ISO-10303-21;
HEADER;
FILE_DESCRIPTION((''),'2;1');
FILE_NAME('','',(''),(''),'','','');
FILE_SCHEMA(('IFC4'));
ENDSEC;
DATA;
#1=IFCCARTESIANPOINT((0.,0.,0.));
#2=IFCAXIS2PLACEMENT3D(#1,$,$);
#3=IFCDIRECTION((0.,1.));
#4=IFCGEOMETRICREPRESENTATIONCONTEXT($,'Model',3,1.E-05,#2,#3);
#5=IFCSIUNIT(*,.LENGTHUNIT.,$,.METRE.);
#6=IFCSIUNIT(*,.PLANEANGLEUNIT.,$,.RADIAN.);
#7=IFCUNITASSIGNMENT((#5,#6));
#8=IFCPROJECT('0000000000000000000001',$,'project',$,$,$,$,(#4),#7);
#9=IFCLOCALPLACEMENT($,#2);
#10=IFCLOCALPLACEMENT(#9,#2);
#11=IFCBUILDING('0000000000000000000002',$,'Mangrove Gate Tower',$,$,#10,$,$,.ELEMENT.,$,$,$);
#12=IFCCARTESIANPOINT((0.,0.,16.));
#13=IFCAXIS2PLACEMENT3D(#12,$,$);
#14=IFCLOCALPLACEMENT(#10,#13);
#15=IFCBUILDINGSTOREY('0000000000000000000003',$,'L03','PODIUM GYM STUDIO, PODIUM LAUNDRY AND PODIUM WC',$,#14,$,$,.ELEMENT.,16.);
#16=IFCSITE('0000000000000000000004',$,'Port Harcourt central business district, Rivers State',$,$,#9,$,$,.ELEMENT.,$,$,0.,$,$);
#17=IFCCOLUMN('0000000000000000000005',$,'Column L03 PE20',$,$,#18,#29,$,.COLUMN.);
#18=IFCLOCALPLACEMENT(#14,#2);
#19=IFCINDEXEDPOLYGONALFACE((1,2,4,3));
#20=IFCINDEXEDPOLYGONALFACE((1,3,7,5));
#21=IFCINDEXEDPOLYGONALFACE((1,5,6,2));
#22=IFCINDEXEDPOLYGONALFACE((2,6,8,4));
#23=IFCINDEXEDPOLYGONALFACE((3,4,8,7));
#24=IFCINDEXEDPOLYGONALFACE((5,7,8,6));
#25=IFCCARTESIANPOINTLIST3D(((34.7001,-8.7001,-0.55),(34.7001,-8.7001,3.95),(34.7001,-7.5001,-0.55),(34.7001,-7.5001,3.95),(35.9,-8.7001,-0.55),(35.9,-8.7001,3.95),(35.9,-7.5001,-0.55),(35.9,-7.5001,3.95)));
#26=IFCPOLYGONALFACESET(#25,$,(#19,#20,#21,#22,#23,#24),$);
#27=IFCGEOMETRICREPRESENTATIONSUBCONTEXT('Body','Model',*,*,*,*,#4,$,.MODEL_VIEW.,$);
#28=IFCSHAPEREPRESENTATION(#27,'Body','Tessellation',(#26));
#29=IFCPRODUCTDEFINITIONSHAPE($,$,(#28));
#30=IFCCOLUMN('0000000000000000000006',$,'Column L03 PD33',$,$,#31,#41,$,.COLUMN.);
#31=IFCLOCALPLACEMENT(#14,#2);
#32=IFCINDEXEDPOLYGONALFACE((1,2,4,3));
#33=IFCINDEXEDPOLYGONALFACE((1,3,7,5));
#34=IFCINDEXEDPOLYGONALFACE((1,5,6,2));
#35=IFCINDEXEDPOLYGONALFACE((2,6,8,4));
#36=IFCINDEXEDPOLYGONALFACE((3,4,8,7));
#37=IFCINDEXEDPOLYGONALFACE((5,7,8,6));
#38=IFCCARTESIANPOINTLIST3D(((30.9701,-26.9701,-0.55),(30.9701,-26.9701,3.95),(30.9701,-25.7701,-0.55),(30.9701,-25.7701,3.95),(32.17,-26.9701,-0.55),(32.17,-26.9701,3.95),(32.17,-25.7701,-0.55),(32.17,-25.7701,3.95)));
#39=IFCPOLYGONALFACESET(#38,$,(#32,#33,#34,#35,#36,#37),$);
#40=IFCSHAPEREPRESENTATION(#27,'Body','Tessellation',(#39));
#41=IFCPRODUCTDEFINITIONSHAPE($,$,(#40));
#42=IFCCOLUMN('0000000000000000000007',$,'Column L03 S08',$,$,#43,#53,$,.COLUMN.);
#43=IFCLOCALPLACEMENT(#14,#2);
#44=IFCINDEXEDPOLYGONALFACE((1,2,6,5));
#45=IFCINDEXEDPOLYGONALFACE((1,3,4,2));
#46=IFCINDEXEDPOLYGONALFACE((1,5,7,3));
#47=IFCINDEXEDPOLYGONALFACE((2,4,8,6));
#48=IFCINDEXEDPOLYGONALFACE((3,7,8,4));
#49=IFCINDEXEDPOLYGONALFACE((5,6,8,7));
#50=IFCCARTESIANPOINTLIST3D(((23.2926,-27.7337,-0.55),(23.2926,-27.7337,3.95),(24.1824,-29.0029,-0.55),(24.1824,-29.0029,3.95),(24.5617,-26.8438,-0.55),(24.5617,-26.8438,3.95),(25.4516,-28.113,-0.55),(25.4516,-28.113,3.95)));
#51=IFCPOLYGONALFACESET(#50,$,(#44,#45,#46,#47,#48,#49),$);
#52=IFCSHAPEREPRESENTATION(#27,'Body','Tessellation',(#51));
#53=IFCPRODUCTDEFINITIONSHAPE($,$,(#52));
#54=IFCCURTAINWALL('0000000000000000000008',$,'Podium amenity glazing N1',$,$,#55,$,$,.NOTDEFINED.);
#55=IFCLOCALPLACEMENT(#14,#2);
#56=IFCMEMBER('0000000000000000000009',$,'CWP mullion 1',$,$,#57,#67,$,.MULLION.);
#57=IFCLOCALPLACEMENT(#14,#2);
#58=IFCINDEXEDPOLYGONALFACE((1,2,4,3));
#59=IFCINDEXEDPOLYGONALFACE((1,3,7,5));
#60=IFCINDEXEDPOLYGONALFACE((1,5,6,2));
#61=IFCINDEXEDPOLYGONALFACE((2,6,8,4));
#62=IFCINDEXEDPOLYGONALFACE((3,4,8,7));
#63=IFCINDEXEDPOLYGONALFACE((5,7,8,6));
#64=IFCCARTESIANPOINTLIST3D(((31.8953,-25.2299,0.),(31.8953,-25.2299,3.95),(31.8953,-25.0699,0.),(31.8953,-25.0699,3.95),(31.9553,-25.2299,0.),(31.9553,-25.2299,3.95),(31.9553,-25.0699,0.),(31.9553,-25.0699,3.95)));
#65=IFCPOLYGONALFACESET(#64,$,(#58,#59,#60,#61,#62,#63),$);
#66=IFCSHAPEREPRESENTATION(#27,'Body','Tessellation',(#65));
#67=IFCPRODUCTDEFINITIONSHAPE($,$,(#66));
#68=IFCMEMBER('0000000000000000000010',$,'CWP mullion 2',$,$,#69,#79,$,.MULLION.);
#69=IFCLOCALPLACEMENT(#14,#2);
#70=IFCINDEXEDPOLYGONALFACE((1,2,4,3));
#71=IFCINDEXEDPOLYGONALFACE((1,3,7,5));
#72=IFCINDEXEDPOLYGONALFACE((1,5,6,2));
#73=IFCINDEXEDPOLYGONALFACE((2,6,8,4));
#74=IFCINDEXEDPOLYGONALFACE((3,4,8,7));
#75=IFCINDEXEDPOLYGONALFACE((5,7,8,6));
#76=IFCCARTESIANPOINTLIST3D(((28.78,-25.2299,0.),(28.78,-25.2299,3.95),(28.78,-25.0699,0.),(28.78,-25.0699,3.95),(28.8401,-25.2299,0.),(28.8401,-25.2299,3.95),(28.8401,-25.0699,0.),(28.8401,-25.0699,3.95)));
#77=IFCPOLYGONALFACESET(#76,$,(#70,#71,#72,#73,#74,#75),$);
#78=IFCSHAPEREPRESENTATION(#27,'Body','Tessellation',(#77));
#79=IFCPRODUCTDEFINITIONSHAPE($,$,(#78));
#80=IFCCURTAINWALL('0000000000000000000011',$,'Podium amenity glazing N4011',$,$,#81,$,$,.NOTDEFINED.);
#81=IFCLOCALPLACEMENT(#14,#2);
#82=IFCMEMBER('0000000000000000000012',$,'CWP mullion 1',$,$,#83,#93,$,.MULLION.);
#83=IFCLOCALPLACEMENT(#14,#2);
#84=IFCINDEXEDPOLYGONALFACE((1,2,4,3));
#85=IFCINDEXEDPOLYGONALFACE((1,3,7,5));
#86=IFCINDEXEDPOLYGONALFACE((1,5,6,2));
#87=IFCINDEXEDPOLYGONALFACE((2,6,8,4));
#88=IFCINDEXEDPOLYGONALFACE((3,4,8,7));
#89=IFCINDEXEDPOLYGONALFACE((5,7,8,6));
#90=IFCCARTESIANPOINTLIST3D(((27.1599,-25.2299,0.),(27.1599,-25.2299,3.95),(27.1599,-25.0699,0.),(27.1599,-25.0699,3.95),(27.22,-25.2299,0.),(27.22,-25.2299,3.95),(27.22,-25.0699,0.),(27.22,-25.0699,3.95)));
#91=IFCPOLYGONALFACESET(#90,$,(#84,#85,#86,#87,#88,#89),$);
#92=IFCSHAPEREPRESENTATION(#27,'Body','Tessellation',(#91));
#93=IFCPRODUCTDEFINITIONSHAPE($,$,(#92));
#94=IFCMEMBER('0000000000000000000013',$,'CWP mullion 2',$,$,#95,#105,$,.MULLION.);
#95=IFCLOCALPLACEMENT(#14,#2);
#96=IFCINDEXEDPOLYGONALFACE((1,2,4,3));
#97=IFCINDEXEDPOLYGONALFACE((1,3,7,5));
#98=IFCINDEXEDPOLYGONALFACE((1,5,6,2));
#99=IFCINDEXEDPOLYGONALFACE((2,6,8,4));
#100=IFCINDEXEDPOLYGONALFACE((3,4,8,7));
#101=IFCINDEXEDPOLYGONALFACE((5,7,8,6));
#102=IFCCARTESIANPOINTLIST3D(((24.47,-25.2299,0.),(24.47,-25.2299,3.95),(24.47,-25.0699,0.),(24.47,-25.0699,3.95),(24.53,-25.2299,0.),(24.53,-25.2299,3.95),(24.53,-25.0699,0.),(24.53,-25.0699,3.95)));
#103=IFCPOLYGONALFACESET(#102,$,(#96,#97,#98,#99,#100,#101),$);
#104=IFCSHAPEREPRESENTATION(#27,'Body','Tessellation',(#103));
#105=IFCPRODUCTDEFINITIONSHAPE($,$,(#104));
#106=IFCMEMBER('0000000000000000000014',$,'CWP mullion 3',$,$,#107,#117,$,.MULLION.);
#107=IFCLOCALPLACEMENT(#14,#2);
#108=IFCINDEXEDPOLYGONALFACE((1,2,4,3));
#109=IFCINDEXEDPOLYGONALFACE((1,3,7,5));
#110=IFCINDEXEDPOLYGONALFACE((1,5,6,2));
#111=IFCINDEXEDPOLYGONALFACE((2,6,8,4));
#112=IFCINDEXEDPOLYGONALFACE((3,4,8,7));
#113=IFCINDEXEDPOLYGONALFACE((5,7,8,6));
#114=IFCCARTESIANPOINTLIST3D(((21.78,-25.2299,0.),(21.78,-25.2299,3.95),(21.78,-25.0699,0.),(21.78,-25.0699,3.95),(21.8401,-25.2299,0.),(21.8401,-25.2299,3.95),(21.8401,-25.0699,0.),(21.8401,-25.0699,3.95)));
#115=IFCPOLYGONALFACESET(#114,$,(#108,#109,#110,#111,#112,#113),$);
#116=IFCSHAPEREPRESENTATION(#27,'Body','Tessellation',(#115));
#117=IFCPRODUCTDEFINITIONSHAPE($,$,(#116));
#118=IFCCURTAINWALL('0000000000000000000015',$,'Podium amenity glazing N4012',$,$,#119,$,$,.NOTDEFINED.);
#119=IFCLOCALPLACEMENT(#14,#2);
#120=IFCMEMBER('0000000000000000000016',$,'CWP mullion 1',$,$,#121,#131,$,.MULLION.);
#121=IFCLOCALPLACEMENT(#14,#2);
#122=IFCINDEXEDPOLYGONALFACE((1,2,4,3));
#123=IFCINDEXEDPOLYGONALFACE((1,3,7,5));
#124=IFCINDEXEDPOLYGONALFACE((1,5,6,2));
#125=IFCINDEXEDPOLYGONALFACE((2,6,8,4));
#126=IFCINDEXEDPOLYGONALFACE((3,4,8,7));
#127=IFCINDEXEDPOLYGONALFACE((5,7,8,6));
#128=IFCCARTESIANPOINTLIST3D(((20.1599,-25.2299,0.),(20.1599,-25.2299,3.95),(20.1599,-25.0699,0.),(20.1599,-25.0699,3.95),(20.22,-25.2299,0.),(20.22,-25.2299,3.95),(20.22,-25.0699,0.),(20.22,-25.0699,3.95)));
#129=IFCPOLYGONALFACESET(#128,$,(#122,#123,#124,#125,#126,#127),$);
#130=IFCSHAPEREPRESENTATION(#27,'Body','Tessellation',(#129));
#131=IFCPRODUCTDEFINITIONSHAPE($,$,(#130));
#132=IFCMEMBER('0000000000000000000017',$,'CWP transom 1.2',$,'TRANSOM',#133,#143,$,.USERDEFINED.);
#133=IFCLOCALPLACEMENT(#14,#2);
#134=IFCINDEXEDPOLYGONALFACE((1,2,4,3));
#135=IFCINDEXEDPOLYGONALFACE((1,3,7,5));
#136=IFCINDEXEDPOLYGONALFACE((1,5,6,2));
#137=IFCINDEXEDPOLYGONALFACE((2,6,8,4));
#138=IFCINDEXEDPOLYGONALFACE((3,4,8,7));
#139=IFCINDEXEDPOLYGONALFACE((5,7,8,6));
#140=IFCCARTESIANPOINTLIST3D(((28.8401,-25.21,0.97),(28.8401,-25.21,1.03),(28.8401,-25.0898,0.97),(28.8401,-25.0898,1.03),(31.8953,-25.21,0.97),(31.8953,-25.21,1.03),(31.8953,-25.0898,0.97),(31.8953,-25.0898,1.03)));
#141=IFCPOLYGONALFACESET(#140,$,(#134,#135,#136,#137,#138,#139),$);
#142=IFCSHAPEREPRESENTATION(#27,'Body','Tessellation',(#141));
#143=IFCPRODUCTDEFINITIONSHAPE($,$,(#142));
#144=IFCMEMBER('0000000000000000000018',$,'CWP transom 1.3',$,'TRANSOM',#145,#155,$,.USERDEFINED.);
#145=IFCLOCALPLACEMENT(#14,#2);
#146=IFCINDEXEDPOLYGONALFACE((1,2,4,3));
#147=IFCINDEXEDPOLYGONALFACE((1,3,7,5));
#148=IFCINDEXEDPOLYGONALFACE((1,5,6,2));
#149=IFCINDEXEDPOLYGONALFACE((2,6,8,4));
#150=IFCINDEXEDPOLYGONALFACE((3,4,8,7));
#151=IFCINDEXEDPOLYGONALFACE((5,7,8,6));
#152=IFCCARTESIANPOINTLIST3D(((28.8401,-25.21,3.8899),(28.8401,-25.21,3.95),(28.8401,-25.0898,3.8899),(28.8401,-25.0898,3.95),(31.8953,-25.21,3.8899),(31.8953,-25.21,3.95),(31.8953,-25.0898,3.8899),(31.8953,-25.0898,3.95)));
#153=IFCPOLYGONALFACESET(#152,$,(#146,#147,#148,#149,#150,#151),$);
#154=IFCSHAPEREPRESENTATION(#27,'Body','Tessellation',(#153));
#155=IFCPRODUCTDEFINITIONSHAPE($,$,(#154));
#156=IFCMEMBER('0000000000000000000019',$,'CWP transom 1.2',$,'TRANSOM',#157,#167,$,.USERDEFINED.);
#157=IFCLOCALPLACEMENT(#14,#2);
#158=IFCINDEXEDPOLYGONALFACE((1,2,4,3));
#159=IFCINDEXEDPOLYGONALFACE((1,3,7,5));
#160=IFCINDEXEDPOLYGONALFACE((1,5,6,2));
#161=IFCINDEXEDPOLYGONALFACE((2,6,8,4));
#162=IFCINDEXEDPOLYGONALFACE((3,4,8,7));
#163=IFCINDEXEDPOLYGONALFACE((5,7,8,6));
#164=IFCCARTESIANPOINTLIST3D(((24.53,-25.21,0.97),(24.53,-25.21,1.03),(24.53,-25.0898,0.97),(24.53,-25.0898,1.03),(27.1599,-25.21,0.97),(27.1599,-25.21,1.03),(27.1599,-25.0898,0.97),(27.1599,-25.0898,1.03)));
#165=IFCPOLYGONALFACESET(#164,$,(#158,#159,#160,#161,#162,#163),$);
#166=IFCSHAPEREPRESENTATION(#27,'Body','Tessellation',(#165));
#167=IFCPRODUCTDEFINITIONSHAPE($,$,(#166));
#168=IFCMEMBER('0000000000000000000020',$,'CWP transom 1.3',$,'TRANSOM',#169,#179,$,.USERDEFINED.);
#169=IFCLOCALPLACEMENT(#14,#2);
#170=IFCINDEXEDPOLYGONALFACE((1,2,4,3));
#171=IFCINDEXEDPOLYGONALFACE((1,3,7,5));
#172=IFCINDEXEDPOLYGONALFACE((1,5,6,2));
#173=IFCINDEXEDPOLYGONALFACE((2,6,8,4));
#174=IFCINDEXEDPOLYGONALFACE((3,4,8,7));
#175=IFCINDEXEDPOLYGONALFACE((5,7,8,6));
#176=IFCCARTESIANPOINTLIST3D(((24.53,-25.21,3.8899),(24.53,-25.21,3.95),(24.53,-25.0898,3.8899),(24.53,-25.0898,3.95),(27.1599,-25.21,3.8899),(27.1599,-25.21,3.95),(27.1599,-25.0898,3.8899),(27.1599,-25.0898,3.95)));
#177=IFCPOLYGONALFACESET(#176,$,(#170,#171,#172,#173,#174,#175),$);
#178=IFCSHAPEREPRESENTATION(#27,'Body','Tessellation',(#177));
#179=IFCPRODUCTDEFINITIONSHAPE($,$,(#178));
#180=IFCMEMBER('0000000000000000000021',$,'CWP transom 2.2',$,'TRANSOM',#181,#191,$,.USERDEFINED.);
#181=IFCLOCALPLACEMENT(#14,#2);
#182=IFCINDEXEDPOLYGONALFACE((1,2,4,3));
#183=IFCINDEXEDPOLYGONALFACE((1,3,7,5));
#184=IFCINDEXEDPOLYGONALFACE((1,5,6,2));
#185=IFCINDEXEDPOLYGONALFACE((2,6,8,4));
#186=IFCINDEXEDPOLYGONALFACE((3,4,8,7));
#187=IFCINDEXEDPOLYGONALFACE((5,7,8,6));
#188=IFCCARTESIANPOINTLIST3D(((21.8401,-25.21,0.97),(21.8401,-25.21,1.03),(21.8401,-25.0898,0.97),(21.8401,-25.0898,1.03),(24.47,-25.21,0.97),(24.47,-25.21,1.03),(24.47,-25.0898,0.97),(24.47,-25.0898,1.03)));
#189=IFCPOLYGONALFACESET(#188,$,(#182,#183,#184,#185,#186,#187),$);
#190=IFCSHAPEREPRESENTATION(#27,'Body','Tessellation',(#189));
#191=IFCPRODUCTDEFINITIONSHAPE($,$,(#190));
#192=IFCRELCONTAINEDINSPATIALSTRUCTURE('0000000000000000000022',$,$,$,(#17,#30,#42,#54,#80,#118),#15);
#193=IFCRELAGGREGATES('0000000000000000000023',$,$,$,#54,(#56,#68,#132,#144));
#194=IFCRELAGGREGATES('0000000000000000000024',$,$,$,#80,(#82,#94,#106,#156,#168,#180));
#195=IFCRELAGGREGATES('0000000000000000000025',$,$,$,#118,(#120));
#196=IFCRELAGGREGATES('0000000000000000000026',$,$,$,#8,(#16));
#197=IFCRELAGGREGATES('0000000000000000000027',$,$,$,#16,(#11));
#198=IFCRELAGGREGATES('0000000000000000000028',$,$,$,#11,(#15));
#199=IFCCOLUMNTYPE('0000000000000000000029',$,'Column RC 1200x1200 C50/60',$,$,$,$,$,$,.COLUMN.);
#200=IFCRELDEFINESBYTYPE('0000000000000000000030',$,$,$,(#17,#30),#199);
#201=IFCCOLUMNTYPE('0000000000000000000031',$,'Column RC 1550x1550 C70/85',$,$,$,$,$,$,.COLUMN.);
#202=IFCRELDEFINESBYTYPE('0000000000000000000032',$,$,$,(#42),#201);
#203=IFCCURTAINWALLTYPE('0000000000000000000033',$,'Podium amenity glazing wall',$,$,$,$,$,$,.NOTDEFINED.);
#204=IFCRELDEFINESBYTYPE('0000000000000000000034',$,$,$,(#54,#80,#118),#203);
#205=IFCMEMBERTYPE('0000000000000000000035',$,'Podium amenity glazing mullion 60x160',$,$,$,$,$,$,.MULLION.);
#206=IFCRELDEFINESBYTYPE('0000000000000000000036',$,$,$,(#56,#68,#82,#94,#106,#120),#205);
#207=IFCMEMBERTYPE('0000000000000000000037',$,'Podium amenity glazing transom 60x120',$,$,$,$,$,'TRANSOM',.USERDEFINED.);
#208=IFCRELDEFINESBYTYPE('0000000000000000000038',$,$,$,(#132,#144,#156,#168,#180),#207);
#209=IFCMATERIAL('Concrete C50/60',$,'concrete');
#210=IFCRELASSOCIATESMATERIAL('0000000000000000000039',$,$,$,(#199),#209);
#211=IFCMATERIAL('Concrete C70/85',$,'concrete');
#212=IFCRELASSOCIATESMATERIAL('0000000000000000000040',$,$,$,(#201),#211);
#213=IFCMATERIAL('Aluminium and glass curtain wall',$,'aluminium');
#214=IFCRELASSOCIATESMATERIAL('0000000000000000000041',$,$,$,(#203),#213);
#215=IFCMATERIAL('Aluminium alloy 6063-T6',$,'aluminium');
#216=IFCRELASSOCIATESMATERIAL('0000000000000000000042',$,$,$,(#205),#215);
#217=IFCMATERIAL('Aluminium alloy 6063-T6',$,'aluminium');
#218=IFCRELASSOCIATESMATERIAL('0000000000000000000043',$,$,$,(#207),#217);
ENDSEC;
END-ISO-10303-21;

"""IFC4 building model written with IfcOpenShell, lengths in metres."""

from ifc_helpers import new_model, si_unit, direction, frame, origin, origin_2d, place, context, subcontext, project, spatial, rectangle, extrude, material, material_profile, profile_set, type_object, element, aggregate, save


model = new_model("IFC4")

# Units and contexts
model_context = context("Model", 3, precision=1e-05, world=origin(), true_north=direction((0.0, 1.0)))
body_context = subcontext(model_context, "Body", "Model", "MODEL_VIEW")
ifc_project = project(units=[si_unit("LENGTHUNIT", "METRE"), si_unit("PLANEANGLEUNIT", "RADIAN")], contexts=[model_context])

# Site, building, storey
site_placement = place(None, origin())
site = spatial("IfcSite", under=ifc_project, at=site_placement, Name="Port Harcourt central business district, Rivers State", CompositionType="ELEMENT", RefElevation=0.0)
building_placement = place(site_placement, origin())
building = spatial("IfcBuilding", under=site, at=building_placement, Name="Mangrove Gate Tower", CompositionType="ELEMENT")
storey_placement = place(building_placement, frame((0.0, 0.0, 16.0)))
storey = spatial("IfcBuildingStorey", under=building, at=storey_placement, Name="L03", Description="PODIUM GYM STUDIO, PODIUM LAUNDRY AND PODIUM WC", CompositionType="ELEMENT", Elevation=16.0)

# Columns
ifc_material_1 = material(Name="Concrete C50/60", Category="concrete")
ifc_material_profile_1 = material_profile(ifc_material_1, rectangle(XDim=1.2, YDim=1.2, at=origin_2d()))
ifc_profile_set_1 = profile_set([ifc_material_profile_1], Name="Concrete C50/60")
column_type_1 = type_object("IfcColumnType", Name="Column RC 1200x1200 C50/60", PredefinedType="COLUMN", material=ifc_profile_set_1)
for number, where, z_axis, x_axis, name in (
    (1, (35.3, -8.1001, -0.55), (0.0, 0.0, 1.0), (1.0, 0.0, 0.0), "Column L03 PE20"),
    (2, (31.5701, -26.3701, -0.55), (0.0, 0.0, 1.0), (1.0, 0.0, 0.0), "Column L03 PD33"),
):
    element("IfcColumn", number, at=place(storey_placement, frame(where, z_axis=z_axis, x_axis=x_axis)), inside=storey, type_object=column_type_1, Name=name, PredefinedType="COLUMN", context=body_context, shape_type="SweptSolid", body=[
        extrude(rectangle(XDim=1.2, YDim=1.2, at=origin_2d()), origin(), (0.0, 0.0, 1.0), 4.5),
    ])
ifc_material_2 = material(Name="Concrete C70/85", Category="concrete")
ifc_material_profile_2 = material_profile(ifc_material_2, rectangle(XDim=1.55, YDim=1.55, at=origin_2d()))
ifc_profile_set_2 = profile_set([ifc_material_profile_2], Name="Concrete C70/85")
column_type_2 = type_object("IfcColumnType", Name="Column RC 1550x1550 C70/85", PredefinedType="COLUMN", material=ifc_profile_set_2)
column_placement = place(storey_placement, frame((24.3721, -27.9233, -0.55), z_axis=(0.0, 0.0, 1.0), x_axis=(0.818799, 0.574081, 0.0)))
element("IfcColumn", 3, at=column_placement, inside=storey, type_object=column_type_2, Name="Column L03 S08", PredefinedType="COLUMN", context=body_context, shape_type="SweptSolid", body=[
    extrude(rectangle(XDim=1.55, YDim=1.55, at=origin_2d()), origin(), (0.0, 0.0, 1.0), 4.5),
])

# Curtain walls, members
ifc_material_3 = material(Name="Aluminium and glass curtain wall", Category="aluminium")
curtain_wall_type = type_object("IfcCurtainWallType", Name="Podium amenity glazing wall", PredefinedType="NOTDEFINED", material=ifc_material_3)
curtain_wall_1_placement = place(storey_placement, origin())
curtain_wall_1 = element("IfcCurtainWall", 4, at=curtain_wall_1_placement, inside=storey, type_object=curtain_wall_type, Name="Podium amenity glazing N1", PredefinedType="NOTDEFINED")
ifc_material_4 = material(Name="Aluminium alloy 6063-T6", Category="aluminium")
ifc_material_profile_3 = material_profile(ifc_material_4, rectangle(XDim=0.0601, YDim=0.1599, at=origin_2d()))
ifc_profile_set_3 = profile_set([ifc_material_profile_3], Name="Aluminium alloy 6063-T6")
member_type_1 = type_object("IfcMemberType", Name="Podium amenity glazing mullion 60x160", PredefinedType="MULLION", material=ifc_profile_set_3)
member_1_placement = place(storey_placement, frame((31.9253, -25.1499, 0.0), z_axis=(0.0, 0.0, 1.0), x_axis=(-1.0, 0.0, 0.0)))
member_1 = element("IfcMember", 5, at=member_1_placement, type_object=member_type_1, Name="CWP mullion 1", PredefinedType="MULLION", context=body_context, shape_type="SweptSolid", body=[
    extrude(rectangle(XDim=0.0601, YDim=0.1599, at=origin_2d()), origin(), (0.0, 0.0, 1.0), 3.95),
])
member_2_placement = place(storey_placement, frame((28.8101, -25.1499, 0.0), z_axis=(0.0, 0.0, 1.0), x_axis=(-1.0, 0.0, 0.0)))
member_2 = element("IfcMember", 6, at=member_2_placement, type_object=member_type_1, Name="CWP mullion 2", PredefinedType="MULLION", context=body_context, shape_type="SweptSolid", body=[
    extrude(rectangle(XDim=0.0601, YDim=0.1599, at=origin_2d()), origin(), (0.0, 0.0, 1.0), 3.95),
])
curtain_wall_2_placement = place(storey_placement, origin())
curtain_wall_2 = element("IfcCurtainWall", 7, at=curtain_wall_2_placement, inside=storey, type_object=curtain_wall_type, Name="Podium amenity glazing N4011", PredefinedType="NOTDEFINED")
member_3_placement = place(storey_placement, frame((27.1899, -25.1499, 0.0), z_axis=(0.0, 0.0, 1.0), x_axis=(-1.0, 0.0, 0.0)))
member_3 = element("IfcMember", 8, at=member_3_placement, type_object=member_type_1, Name="CWP mullion 1", PredefinedType="MULLION", context=body_context, shape_type="SweptSolid", body=[
    extrude(rectangle(XDim=0.0601, YDim=0.1599, at=origin_2d()), origin(), (0.0, 0.0, 1.0), 3.95),
])
member_4_placement = place(storey_placement, frame((24.5, -25.1499, 0.0), z_axis=(0.0, 0.0, 1.0), x_axis=(-1.0, 0.0, 0.0)))
member_4 = element("IfcMember", 9, at=member_4_placement, type_object=member_type_1, Name="CWP mullion 2", PredefinedType="MULLION", context=body_context, shape_type="SweptSolid", body=[
    extrude(rectangle(XDim=0.0601, YDim=0.1599, at=origin_2d()), origin(), (0.0, 0.0, 1.0), 3.95),
])
member_5_placement = place(storey_placement, frame((21.8101, -25.1499, 0.0), z_axis=(0.0, 0.0, 1.0), x_axis=(-1.0, 0.0, 0.0)))
member_5 = element("IfcMember", 10, at=member_5_placement, type_object=member_type_1, Name="CWP mullion 3", PredefinedType="MULLION", context=body_context, shape_type="SweptSolid", body=[
    extrude(rectangle(XDim=0.0601, YDim=0.1599, at=origin_2d()), origin(), (0.0, 0.0, 1.0), 3.95),
])

# Curtain wall, member
curtain_wall_3_placement = place(storey_placement, origin())
curtain_wall_3 = element("IfcCurtainWall", 11, at=curtain_wall_3_placement, inside=storey, type_object=curtain_wall_type, Name="Podium amenity glazing N4012", PredefinedType="NOTDEFINED")
member_6_placement = place(storey_placement, frame((20.1899, -25.1499, 0.0), z_axis=(0.0, 0.0, 1.0), x_axis=(-1.0, 0.0, 0.0)))
member_6 = element("IfcMember", 12, at=member_6_placement, type_object=member_type_1, Name="CWP mullion 1", PredefinedType="MULLION", context=body_context, shape_type="SweptSolid", body=[
    extrude(rectangle(XDim=0.0601, YDim=0.1599, at=origin_2d()), origin(), (0.0, 0.0, 1.0), 3.95),
])

# Members
ifc_material_5 = material(Name="Aluminium alloy 6063-T6", Category="aluminium")
ifc_material_profile_4 = material_profile(ifc_material_5, rectangle(XDim=0.0601, YDim=0.1201, at=origin_2d()))
ifc_profile_set_4 = profile_set([ifc_material_profile_4], Name="Aluminium alloy 6063-T6")
member_type_2 = type_object("IfcMemberType", Name="Podium amenity glazing transom 60x120", ElementType="TRANSOM", PredefinedType="USERDEFINED", material=ifc_profile_set_4)
member_7_placement = place(storey_placement, frame((31.8953, -25.1499, 1.0), z_axis=(-1.0, 0.0, 0.0), x_axis=(0.0, 0.0, 1.0)))
member_7 = element("IfcMember", 13, at=member_7_placement, type_object=member_type_2, Name="CWP transom 1.2", ObjectType="TRANSOM", PredefinedType="USERDEFINED", context=body_context, shape_type="SweptSolid", body=[
    extrude(rectangle(XDim=0.0601, YDim=0.1201, at=origin_2d()), origin(), (0.0, 0.0, 1.0), 3.0552),
])
member_8_placement = place(storey_placement, frame((31.8953, -25.1499, 3.9199), z_axis=(-1.0, 0.0, 0.0), x_axis=(0.0, 0.0, 1.0)))
member_8 = element("IfcMember", 14, at=member_8_placement, type_object=member_type_2, Name="CWP transom 1.3", ObjectType="TRANSOM", PredefinedType="USERDEFINED", context=body_context, shape_type="SweptSolid", body=[
    extrude(rectangle(XDim=0.0601, YDim=0.1201, at=origin_2d()), origin(), (0.0, 0.0, 1.0), 3.0552),
])
member_9_placement = place(storey_placement, frame((27.1599, -25.1499, 1.0), z_axis=(-1.0, 0.0, 0.0), x_axis=(0.0, 0.0, 1.0)))
member_9 = element("IfcMember", 15, at=member_9_placement, type_object=member_type_2, Name="CWP transom 1.2", ObjectType="TRANSOM", PredefinedType="USERDEFINED", context=body_context, shape_type="SweptSolid", body=[
    extrude(rectangle(XDim=0.0601, YDim=0.1201, at=origin_2d()), origin(), (0.0, 0.0, 1.0), 2.6299),
])
member_10_placement = place(storey_placement, frame((27.1599, -25.1499, 3.9199), z_axis=(-1.0, 0.0, 0.0), x_axis=(0.0, 0.0, 1.0)))
member_10 = element("IfcMember", 16, at=member_10_placement, type_object=member_type_2, Name="CWP transom 1.3", ObjectType="TRANSOM", PredefinedType="USERDEFINED", context=body_context, shape_type="SweptSolid", body=[
    extrude(rectangle(XDim=0.0601, YDim=0.1201, at=origin_2d()), origin(), (0.0, 0.0, 1.0), 2.6299),
])
member_11_placement = place(storey_placement, frame((24.47, -25.1499, 1.0), z_axis=(-1.0, 0.0, 0.0), x_axis=(0.0, 0.0, 1.0)))
member_11 = element("IfcMember", 17, at=member_11_placement, type_object=member_type_2, Name="CWP transom 2.2", ObjectType="TRANSOM", PredefinedType="USERDEFINED", context=body_context, shape_type="SweptSolid", body=[
    extrude(rectangle(XDim=0.0601, YDim=0.1201, at=origin_2d()), origin(), (0.0, 0.0, 1.0), 2.6299),
])

aggregate(curtain_wall_1, [member_1, member_2, member_7, member_8])
aggregate(curtain_wall_2, [member_3, member_4, member_5, member_9, member_10, member_11])
aggregate(curtain_wall_3, [member_6])

save(model, "model.ifc")
